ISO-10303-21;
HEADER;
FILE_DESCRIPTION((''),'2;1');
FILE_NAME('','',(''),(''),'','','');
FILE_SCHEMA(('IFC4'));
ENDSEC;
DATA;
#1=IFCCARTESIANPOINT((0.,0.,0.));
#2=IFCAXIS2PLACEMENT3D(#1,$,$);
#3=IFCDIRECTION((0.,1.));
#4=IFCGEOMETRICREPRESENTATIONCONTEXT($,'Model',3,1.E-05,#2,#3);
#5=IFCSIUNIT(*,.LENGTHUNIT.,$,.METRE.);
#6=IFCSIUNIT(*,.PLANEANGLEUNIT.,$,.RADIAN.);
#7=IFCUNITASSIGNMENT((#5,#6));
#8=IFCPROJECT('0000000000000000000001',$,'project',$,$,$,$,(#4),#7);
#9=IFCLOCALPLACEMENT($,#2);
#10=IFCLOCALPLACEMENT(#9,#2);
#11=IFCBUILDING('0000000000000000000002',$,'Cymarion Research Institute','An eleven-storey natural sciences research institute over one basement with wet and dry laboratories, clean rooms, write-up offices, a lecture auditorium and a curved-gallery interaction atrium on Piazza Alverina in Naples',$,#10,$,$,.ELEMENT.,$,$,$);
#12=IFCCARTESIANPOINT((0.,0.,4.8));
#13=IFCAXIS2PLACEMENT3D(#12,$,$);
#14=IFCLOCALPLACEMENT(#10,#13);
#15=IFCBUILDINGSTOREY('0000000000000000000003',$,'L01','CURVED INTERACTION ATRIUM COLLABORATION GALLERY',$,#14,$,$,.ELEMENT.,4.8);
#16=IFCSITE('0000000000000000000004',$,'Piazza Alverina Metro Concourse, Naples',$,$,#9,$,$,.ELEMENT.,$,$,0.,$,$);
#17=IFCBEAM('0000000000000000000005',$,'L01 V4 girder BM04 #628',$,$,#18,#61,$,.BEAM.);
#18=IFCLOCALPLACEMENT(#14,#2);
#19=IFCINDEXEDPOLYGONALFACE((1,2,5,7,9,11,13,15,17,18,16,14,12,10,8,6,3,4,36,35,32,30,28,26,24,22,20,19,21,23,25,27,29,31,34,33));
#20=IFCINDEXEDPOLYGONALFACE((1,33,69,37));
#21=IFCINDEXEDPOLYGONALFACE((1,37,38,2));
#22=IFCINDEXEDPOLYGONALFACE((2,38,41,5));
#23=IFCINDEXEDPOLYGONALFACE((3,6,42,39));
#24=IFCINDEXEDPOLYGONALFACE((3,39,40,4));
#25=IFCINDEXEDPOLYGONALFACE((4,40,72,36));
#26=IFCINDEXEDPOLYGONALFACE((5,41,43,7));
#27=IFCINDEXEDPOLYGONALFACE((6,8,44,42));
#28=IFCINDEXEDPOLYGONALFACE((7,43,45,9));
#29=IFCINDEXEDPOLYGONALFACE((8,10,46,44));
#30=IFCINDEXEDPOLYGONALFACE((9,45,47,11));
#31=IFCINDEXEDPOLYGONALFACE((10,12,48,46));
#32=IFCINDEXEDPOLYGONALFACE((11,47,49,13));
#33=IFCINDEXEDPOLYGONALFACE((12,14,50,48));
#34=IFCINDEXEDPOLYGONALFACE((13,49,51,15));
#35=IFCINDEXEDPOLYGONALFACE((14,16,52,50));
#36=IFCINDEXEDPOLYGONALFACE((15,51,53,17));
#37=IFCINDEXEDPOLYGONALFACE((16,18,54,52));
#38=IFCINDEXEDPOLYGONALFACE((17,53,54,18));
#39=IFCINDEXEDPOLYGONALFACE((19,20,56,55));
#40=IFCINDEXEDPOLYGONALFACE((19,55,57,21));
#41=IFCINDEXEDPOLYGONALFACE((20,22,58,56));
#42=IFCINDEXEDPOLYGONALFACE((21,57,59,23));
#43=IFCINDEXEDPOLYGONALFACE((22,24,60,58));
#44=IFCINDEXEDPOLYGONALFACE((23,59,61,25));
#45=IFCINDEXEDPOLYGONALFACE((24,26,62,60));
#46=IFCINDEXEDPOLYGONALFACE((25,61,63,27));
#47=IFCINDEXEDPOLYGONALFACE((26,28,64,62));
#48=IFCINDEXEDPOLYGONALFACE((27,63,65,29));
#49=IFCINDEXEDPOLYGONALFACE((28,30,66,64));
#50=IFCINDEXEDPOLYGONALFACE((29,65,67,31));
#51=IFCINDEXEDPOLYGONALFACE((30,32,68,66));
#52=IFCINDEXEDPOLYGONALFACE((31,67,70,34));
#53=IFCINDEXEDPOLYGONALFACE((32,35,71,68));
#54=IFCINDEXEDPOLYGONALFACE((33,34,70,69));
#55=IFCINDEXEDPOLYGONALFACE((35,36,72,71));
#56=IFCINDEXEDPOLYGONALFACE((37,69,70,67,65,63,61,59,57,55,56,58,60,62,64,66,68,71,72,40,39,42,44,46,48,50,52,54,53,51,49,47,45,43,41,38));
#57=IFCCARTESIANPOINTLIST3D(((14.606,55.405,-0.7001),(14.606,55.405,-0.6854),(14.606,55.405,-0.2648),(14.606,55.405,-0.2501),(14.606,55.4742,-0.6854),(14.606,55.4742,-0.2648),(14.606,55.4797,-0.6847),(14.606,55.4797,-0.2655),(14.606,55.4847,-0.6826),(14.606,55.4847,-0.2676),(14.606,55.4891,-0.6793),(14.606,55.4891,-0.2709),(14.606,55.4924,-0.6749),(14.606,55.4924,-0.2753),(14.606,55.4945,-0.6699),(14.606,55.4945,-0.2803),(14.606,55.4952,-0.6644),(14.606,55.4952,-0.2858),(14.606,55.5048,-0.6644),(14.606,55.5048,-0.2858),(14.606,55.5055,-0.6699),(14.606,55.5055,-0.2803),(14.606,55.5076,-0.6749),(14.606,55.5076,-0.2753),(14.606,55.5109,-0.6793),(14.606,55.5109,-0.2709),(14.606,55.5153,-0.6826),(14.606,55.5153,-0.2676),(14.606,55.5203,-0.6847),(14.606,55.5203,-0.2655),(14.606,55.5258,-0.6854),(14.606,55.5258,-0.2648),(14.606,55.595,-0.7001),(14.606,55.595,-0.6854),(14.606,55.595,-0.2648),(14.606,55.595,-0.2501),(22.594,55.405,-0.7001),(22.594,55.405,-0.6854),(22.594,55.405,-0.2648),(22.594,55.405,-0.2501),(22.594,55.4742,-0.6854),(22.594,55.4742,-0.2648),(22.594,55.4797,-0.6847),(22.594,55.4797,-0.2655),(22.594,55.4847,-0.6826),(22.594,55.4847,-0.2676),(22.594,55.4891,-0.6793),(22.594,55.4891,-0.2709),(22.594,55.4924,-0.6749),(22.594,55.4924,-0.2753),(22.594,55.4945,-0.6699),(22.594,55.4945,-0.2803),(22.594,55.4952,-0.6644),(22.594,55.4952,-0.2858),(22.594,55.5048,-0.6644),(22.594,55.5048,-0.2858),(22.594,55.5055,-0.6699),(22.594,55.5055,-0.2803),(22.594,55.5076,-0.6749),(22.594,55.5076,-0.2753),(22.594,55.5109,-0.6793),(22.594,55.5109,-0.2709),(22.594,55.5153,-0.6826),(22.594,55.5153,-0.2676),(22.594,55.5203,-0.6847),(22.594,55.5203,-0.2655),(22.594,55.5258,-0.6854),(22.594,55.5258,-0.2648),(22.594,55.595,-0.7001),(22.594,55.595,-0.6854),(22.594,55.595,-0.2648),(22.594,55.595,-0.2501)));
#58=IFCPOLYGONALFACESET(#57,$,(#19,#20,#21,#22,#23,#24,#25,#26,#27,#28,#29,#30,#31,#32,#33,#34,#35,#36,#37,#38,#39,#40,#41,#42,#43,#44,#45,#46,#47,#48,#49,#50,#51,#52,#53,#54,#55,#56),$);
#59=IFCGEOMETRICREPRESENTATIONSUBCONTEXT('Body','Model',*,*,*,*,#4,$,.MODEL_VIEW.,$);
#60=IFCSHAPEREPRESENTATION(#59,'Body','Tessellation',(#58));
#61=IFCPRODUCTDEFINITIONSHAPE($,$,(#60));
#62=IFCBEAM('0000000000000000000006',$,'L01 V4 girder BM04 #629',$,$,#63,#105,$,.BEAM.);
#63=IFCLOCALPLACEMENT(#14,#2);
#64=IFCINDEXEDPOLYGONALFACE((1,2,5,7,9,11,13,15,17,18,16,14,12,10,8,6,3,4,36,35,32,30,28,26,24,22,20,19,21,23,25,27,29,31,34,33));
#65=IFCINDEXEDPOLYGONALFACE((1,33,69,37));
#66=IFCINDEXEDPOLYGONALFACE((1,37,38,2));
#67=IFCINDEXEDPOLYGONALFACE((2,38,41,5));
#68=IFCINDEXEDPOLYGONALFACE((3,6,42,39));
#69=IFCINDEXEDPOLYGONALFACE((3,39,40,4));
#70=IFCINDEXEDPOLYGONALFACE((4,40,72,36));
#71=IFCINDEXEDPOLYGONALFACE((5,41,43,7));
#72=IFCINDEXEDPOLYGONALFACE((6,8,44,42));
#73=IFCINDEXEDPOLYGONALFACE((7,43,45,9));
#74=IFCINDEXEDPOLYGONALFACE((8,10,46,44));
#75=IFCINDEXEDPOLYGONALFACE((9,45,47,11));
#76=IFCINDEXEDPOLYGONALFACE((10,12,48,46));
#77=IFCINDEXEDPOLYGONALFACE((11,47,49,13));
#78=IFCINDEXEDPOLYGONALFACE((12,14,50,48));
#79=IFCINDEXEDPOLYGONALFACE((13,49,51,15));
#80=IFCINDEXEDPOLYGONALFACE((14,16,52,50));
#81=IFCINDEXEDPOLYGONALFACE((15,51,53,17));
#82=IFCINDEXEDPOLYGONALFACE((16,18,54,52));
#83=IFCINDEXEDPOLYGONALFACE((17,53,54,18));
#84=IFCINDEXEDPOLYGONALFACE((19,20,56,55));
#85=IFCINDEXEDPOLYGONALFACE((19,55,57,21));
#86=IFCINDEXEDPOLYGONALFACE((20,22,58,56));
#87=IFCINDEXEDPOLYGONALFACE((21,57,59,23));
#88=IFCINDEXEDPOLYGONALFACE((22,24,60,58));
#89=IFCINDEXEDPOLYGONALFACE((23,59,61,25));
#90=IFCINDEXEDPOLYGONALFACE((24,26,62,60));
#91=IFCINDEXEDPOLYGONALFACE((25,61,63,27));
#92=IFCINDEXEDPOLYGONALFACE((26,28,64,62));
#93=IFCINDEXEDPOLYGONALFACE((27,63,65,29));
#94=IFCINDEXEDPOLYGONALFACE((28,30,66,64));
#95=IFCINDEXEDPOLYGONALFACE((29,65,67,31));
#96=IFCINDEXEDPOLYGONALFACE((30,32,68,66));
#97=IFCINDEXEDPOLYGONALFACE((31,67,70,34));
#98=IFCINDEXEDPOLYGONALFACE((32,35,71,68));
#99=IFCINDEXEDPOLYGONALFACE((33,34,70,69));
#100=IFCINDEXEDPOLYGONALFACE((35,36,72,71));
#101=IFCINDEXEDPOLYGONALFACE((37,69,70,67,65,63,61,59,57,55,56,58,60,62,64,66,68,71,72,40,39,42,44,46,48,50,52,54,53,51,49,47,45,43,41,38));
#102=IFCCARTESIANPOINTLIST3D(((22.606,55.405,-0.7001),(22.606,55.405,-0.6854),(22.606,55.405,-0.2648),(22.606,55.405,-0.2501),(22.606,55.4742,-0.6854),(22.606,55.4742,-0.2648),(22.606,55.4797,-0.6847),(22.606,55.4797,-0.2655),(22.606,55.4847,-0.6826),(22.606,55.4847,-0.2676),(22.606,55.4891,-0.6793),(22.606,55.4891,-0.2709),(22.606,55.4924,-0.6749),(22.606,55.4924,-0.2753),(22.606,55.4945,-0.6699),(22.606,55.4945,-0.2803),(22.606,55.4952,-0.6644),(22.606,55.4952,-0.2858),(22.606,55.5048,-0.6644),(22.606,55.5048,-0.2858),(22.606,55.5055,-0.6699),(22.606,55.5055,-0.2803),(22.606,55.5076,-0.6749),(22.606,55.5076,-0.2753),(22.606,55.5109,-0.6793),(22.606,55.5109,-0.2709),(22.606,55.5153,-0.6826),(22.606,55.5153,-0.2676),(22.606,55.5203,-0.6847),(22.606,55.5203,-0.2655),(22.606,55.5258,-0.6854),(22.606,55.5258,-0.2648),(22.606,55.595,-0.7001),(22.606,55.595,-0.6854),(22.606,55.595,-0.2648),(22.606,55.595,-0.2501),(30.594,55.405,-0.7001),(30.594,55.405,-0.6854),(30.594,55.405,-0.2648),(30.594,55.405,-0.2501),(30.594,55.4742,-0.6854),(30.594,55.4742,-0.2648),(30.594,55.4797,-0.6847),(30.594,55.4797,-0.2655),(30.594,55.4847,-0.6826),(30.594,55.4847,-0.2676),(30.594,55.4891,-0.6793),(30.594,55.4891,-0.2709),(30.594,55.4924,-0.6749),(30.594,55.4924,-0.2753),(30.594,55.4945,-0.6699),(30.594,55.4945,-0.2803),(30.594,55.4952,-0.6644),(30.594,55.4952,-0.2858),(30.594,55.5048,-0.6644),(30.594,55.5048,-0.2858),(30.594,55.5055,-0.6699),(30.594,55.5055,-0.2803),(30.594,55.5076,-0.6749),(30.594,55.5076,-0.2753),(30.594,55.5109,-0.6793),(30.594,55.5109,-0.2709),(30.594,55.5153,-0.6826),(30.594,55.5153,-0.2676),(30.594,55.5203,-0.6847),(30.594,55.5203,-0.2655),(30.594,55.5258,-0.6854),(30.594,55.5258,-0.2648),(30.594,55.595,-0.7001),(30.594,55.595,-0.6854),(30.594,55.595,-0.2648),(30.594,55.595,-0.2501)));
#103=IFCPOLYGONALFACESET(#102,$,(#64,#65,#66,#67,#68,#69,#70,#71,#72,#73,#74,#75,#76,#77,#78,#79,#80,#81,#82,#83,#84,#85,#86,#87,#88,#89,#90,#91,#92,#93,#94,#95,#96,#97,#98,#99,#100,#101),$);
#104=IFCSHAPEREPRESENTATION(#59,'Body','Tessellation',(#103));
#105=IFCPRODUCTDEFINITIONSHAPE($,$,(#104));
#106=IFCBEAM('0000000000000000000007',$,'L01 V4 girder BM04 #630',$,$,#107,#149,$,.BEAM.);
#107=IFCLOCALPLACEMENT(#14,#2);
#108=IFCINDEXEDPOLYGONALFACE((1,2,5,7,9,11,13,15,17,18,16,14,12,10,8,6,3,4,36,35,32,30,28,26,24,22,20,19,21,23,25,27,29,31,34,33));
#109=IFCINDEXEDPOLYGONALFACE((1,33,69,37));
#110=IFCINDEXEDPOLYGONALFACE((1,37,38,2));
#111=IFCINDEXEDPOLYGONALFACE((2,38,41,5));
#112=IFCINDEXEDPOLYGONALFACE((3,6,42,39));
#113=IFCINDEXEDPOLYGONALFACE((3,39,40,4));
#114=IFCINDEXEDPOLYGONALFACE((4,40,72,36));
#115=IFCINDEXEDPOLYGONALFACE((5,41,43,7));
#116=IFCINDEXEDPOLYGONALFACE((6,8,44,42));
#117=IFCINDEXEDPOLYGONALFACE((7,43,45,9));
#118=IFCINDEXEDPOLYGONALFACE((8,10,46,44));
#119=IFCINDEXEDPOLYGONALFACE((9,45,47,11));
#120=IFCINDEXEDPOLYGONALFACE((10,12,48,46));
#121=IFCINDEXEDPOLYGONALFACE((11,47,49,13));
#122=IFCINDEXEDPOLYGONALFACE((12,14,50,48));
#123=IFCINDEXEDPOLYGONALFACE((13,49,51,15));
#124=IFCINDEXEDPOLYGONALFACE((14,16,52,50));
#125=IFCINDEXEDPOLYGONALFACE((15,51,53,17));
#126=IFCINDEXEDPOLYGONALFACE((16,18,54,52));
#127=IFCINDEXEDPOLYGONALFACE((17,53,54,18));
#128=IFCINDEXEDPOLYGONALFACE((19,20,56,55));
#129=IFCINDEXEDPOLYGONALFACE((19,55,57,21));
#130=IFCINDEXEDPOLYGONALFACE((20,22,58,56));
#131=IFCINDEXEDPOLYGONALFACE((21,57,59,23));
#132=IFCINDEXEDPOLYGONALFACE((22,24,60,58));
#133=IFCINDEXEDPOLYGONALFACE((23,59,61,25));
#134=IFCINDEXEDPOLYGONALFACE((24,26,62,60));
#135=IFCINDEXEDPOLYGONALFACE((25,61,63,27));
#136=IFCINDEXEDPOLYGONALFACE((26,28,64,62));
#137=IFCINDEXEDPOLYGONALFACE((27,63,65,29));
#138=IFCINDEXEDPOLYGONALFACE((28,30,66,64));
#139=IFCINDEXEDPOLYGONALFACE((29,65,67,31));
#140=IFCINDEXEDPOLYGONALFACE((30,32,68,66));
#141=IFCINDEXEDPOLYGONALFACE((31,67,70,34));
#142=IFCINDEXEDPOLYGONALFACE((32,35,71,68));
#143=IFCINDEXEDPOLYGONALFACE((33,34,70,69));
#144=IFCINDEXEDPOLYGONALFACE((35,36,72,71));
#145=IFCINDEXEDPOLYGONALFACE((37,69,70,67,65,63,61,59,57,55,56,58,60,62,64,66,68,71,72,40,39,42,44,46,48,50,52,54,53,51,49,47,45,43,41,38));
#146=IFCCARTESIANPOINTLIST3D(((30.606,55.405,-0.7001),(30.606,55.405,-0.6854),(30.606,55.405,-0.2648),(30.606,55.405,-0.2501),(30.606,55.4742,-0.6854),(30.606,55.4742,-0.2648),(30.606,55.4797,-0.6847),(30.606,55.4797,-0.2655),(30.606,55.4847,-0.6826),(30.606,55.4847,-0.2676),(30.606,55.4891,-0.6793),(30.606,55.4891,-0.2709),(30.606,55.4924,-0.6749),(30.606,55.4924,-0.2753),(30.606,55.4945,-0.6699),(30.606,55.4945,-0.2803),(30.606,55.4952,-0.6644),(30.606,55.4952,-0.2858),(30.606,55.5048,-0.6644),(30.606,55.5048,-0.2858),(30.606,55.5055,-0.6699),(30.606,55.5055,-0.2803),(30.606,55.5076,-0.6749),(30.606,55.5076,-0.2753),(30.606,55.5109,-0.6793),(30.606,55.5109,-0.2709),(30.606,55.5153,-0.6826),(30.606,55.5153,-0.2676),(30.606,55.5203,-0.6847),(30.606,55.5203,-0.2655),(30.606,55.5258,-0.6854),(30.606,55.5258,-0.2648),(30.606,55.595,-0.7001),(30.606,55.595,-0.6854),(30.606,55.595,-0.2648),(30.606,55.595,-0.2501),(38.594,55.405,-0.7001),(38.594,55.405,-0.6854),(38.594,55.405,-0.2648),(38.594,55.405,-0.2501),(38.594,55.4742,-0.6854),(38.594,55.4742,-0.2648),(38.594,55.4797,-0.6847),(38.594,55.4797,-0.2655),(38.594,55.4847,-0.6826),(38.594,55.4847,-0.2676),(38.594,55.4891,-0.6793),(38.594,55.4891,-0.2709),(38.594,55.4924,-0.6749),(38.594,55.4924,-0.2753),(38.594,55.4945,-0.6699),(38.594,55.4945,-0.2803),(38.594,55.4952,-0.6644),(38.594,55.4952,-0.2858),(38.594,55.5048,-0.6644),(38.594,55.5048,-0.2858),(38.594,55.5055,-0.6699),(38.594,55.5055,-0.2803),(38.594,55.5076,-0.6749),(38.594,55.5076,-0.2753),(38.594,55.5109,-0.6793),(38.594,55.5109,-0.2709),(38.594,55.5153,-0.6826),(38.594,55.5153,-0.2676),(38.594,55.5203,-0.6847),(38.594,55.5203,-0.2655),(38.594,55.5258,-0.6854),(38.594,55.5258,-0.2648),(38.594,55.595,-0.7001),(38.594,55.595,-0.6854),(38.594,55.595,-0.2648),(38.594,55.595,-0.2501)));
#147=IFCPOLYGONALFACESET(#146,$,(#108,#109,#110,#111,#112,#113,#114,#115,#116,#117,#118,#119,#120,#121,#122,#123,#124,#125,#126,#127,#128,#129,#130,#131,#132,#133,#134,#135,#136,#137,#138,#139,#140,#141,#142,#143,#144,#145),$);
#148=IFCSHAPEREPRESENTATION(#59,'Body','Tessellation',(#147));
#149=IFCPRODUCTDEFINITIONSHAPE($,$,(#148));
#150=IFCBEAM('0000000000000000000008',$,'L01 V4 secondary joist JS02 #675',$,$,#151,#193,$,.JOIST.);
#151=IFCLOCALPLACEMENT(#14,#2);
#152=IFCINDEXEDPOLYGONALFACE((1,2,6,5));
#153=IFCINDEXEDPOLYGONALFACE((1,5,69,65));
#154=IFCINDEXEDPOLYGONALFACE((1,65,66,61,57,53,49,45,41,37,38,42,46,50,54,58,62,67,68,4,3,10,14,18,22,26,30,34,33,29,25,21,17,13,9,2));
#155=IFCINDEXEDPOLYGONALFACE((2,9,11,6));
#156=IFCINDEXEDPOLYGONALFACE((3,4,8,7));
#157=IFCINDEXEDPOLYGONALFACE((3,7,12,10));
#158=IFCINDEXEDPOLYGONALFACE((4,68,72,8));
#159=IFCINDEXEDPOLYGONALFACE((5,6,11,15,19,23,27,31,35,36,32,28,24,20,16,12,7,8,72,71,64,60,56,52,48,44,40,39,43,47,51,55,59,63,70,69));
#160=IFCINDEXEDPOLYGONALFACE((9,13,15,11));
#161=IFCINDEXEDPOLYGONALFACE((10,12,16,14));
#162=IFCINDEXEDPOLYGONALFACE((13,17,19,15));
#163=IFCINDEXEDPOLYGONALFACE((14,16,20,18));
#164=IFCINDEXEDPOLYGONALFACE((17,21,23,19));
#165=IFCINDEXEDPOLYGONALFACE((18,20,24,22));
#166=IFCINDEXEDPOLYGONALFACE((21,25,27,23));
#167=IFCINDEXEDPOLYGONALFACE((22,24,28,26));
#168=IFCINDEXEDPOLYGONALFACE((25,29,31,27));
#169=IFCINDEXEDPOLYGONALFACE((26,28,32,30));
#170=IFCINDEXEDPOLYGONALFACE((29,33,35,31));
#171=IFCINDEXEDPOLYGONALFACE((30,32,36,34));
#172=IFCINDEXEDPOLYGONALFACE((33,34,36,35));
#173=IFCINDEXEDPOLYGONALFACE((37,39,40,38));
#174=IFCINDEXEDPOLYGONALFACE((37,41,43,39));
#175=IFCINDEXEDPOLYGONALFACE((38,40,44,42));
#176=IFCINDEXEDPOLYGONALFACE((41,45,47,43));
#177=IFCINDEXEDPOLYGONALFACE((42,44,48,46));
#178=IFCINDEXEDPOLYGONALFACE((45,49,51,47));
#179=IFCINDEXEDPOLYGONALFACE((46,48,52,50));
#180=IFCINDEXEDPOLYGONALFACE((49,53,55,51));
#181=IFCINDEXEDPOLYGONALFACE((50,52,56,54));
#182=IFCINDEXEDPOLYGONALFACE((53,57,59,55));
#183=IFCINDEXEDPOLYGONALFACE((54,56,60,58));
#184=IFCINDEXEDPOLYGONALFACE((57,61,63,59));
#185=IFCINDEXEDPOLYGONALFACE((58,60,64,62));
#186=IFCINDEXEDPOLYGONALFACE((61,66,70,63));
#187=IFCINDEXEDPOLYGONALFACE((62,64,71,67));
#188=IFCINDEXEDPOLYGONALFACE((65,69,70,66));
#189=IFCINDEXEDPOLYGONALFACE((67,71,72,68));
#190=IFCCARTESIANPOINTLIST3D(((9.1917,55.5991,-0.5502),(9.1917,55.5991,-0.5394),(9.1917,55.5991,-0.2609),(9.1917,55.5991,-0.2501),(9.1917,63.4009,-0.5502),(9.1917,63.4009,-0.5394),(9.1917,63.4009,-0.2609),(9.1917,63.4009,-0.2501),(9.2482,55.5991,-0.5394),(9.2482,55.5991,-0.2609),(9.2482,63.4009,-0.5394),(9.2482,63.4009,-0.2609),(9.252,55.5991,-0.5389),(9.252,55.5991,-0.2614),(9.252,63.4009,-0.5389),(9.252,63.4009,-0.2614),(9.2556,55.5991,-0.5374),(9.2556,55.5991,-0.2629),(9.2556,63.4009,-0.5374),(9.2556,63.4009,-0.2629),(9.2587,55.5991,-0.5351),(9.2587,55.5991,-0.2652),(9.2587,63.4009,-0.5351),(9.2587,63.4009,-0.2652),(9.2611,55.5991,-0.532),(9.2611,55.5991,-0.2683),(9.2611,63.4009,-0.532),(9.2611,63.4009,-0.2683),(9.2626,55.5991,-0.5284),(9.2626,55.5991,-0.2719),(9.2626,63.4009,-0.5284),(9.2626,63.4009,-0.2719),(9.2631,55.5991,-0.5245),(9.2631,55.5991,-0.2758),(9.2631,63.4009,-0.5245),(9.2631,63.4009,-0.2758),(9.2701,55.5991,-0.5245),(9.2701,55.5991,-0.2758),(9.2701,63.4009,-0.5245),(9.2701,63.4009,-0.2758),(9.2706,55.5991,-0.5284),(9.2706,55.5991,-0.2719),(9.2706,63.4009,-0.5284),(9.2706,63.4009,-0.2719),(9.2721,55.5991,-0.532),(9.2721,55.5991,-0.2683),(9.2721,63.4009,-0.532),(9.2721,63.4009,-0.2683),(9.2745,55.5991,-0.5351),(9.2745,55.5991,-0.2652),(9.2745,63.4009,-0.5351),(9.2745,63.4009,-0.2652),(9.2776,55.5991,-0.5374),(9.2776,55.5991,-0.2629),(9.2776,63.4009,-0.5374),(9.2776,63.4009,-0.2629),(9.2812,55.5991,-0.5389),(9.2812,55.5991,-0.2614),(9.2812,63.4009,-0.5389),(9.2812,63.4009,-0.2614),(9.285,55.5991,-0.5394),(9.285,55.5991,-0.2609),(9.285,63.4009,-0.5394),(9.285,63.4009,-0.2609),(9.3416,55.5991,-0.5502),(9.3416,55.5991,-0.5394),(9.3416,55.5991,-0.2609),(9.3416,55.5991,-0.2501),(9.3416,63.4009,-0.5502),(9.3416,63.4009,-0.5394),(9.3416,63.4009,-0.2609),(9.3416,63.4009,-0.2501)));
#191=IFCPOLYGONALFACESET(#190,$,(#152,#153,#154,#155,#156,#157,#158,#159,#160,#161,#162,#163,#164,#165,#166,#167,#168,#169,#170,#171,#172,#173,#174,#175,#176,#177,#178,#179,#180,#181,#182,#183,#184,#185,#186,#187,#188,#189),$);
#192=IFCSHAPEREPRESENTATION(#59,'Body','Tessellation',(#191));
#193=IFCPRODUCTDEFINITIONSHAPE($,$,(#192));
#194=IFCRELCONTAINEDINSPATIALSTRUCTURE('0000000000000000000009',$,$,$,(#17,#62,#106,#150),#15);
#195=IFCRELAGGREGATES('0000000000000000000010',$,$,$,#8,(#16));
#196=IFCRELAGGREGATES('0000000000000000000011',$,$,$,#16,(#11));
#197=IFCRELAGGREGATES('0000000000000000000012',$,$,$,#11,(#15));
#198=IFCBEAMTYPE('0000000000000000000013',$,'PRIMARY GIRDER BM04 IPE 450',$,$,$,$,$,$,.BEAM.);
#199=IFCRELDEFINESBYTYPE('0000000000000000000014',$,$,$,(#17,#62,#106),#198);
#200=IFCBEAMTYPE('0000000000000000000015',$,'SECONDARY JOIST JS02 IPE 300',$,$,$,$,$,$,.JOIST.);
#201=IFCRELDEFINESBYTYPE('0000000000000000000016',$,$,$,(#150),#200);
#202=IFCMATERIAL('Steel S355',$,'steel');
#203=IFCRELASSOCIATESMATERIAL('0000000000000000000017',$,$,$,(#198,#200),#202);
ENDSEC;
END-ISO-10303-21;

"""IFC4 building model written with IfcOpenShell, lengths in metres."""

from ifc_helpers import new_model, si_unit, direction, frame, origin, origin_2d, place, context, subcontext, project, spatial, i_section, extrude, material, material_profile, profile_set, type_object, element, save


model = new_model("IFC4")

# Units and contexts
model_context = context("Model", 3, precision=1e-05, world=origin(), true_north=direction((0.0, 1.0)))
body_context = subcontext(model_context, "Body", "Model", "MODEL_VIEW")
ifc_project = project(units=[si_unit("LENGTHUNIT", "METRE"), si_unit("PLANEANGLEUNIT", "RADIAN")], contexts=[model_context])

# Site, building, storey
site_placement = place(None, origin())
site = spatial("IfcSite", under=ifc_project, at=site_placement, Name="Piazza Alverina Metro Concourse, Naples", CompositionType="ELEMENT", RefElevation=0.0)
building_placement = place(site_placement, origin())
building = spatial("IfcBuilding", under=site, at=building_placement, Name="Cymarion Research Institute", Description="An eleven-storey natural sciences research institute over one basement with wet and dry laboratories, clean rooms, write-up offices, a lecture auditorium and a curved-gallery interaction atrium on Piazza Alverina in Naples", CompositionType="ELEMENT")
storey_placement = place(building_placement, frame((0.0, 0.0, 4.8)))
storey = spatial("IfcBuildingStorey", under=building, at=storey_placement, Name="L01", Description="CURVED INTERACTION ATRIUM COLLABORATION GALLERY", CompositionType="ELEMENT", Elevation=4.8)

# Shared definitions
ifc_material_1 = material(Name="Steel S355", Category="steel")

# Beams
ifc_material_profile_1 = material_profile(ifc_material_1, i_section(OverallWidth=0.1899, OverallDepth=0.45, WebThickness=0.0095, FlangeThickness=0.0146, FilletRadius=0.021, at=origin_2d()), Name="IPE 450")
ifc_profile_set_1 = profile_set([ifc_material_profile_1], Name="Steel S355")
beam_type_1 = type_object("IfcBeamType", Name="PRIMARY GIRDER BM04 IPE 450", PredefinedType="BEAM", material=ifc_profile_set_1)
for number, where, z_axis, x_axis, name in (
    (1, (14.606, 55.5, -0.4751), (1.0, 0.0, 0.0), (0.0, 1.0, 0.0), "L01 V4 girder BM04 #628"),
    (2, (22.606, 55.5, -0.4751), (1.0, 0.0, 0.0), (0.0, 1.0, 0.0), "L01 V4 girder BM04 #629"),
    (3, (30.606, 55.5, -0.4751), (1.0, 0.0, 0.0), (0.0, 1.0, 0.0), "L01 V4 girder BM04 #630"),
):
    element("IfcBeam", number, at=place(storey_placement, frame(where, z_axis=z_axis, x_axis=x_axis)), inside=storey, type_object=beam_type_1, Name=name, PredefinedType="BEAM", context=body_context, shape_type="SweptSolid", body=[
        extrude(i_section(OverallWidth=0.1899, OverallDepth=0.45, WebThickness=0.0095, FlangeThickness=0.0146, FilletRadius=0.021, at=origin_2d()), origin(), (0.0, 0.0, 1.0), 7.988),
    ])
ifc_material_profile_2 = material_profile(ifc_material_1, i_section(OverallWidth=0.1499, OverallDepth=0.3, WebThickness=0.0071, FlangeThickness=0.0107, FilletRadius=0.0149, at=origin_2d()), Name="IPE 300")
ifc_profile_set_2 = profile_set([ifc_material_profile_2], Name="Steel S355")
beam_type_2 = type_object("IfcBeamType", Name="SECONDARY JOIST JS02 IPE 300", PredefinedType="JOIST", material=ifc_profile_set_2)
for number, where, z_axis, x_axis, name in (
    (4, (9.2666, 55.5991, -0.4001), (0.0, 1.0, 0.0), (-1.0, 0.0, 0.0), "L01 V4 secondary joist JS02 #675"),
):
    element("IfcBeam", number, at=place(storey_placement, frame(where, z_axis=z_axis, x_axis=x_axis)), inside=storey, type_object=beam_type_2, Name=name, PredefinedType="JOIST", context=body_context, shape_type="SweptSolid", body=[
        extrude(i_section(OverallWidth=0.1499, OverallDepth=0.3, WebThickness=0.0071, FlangeThickness=0.0107, FilletRadius=0.0149, at=origin_2d()), origin(), (0.0, 0.0, 1.0), 7.8018),
    ])

save(model, "model.ifc")
